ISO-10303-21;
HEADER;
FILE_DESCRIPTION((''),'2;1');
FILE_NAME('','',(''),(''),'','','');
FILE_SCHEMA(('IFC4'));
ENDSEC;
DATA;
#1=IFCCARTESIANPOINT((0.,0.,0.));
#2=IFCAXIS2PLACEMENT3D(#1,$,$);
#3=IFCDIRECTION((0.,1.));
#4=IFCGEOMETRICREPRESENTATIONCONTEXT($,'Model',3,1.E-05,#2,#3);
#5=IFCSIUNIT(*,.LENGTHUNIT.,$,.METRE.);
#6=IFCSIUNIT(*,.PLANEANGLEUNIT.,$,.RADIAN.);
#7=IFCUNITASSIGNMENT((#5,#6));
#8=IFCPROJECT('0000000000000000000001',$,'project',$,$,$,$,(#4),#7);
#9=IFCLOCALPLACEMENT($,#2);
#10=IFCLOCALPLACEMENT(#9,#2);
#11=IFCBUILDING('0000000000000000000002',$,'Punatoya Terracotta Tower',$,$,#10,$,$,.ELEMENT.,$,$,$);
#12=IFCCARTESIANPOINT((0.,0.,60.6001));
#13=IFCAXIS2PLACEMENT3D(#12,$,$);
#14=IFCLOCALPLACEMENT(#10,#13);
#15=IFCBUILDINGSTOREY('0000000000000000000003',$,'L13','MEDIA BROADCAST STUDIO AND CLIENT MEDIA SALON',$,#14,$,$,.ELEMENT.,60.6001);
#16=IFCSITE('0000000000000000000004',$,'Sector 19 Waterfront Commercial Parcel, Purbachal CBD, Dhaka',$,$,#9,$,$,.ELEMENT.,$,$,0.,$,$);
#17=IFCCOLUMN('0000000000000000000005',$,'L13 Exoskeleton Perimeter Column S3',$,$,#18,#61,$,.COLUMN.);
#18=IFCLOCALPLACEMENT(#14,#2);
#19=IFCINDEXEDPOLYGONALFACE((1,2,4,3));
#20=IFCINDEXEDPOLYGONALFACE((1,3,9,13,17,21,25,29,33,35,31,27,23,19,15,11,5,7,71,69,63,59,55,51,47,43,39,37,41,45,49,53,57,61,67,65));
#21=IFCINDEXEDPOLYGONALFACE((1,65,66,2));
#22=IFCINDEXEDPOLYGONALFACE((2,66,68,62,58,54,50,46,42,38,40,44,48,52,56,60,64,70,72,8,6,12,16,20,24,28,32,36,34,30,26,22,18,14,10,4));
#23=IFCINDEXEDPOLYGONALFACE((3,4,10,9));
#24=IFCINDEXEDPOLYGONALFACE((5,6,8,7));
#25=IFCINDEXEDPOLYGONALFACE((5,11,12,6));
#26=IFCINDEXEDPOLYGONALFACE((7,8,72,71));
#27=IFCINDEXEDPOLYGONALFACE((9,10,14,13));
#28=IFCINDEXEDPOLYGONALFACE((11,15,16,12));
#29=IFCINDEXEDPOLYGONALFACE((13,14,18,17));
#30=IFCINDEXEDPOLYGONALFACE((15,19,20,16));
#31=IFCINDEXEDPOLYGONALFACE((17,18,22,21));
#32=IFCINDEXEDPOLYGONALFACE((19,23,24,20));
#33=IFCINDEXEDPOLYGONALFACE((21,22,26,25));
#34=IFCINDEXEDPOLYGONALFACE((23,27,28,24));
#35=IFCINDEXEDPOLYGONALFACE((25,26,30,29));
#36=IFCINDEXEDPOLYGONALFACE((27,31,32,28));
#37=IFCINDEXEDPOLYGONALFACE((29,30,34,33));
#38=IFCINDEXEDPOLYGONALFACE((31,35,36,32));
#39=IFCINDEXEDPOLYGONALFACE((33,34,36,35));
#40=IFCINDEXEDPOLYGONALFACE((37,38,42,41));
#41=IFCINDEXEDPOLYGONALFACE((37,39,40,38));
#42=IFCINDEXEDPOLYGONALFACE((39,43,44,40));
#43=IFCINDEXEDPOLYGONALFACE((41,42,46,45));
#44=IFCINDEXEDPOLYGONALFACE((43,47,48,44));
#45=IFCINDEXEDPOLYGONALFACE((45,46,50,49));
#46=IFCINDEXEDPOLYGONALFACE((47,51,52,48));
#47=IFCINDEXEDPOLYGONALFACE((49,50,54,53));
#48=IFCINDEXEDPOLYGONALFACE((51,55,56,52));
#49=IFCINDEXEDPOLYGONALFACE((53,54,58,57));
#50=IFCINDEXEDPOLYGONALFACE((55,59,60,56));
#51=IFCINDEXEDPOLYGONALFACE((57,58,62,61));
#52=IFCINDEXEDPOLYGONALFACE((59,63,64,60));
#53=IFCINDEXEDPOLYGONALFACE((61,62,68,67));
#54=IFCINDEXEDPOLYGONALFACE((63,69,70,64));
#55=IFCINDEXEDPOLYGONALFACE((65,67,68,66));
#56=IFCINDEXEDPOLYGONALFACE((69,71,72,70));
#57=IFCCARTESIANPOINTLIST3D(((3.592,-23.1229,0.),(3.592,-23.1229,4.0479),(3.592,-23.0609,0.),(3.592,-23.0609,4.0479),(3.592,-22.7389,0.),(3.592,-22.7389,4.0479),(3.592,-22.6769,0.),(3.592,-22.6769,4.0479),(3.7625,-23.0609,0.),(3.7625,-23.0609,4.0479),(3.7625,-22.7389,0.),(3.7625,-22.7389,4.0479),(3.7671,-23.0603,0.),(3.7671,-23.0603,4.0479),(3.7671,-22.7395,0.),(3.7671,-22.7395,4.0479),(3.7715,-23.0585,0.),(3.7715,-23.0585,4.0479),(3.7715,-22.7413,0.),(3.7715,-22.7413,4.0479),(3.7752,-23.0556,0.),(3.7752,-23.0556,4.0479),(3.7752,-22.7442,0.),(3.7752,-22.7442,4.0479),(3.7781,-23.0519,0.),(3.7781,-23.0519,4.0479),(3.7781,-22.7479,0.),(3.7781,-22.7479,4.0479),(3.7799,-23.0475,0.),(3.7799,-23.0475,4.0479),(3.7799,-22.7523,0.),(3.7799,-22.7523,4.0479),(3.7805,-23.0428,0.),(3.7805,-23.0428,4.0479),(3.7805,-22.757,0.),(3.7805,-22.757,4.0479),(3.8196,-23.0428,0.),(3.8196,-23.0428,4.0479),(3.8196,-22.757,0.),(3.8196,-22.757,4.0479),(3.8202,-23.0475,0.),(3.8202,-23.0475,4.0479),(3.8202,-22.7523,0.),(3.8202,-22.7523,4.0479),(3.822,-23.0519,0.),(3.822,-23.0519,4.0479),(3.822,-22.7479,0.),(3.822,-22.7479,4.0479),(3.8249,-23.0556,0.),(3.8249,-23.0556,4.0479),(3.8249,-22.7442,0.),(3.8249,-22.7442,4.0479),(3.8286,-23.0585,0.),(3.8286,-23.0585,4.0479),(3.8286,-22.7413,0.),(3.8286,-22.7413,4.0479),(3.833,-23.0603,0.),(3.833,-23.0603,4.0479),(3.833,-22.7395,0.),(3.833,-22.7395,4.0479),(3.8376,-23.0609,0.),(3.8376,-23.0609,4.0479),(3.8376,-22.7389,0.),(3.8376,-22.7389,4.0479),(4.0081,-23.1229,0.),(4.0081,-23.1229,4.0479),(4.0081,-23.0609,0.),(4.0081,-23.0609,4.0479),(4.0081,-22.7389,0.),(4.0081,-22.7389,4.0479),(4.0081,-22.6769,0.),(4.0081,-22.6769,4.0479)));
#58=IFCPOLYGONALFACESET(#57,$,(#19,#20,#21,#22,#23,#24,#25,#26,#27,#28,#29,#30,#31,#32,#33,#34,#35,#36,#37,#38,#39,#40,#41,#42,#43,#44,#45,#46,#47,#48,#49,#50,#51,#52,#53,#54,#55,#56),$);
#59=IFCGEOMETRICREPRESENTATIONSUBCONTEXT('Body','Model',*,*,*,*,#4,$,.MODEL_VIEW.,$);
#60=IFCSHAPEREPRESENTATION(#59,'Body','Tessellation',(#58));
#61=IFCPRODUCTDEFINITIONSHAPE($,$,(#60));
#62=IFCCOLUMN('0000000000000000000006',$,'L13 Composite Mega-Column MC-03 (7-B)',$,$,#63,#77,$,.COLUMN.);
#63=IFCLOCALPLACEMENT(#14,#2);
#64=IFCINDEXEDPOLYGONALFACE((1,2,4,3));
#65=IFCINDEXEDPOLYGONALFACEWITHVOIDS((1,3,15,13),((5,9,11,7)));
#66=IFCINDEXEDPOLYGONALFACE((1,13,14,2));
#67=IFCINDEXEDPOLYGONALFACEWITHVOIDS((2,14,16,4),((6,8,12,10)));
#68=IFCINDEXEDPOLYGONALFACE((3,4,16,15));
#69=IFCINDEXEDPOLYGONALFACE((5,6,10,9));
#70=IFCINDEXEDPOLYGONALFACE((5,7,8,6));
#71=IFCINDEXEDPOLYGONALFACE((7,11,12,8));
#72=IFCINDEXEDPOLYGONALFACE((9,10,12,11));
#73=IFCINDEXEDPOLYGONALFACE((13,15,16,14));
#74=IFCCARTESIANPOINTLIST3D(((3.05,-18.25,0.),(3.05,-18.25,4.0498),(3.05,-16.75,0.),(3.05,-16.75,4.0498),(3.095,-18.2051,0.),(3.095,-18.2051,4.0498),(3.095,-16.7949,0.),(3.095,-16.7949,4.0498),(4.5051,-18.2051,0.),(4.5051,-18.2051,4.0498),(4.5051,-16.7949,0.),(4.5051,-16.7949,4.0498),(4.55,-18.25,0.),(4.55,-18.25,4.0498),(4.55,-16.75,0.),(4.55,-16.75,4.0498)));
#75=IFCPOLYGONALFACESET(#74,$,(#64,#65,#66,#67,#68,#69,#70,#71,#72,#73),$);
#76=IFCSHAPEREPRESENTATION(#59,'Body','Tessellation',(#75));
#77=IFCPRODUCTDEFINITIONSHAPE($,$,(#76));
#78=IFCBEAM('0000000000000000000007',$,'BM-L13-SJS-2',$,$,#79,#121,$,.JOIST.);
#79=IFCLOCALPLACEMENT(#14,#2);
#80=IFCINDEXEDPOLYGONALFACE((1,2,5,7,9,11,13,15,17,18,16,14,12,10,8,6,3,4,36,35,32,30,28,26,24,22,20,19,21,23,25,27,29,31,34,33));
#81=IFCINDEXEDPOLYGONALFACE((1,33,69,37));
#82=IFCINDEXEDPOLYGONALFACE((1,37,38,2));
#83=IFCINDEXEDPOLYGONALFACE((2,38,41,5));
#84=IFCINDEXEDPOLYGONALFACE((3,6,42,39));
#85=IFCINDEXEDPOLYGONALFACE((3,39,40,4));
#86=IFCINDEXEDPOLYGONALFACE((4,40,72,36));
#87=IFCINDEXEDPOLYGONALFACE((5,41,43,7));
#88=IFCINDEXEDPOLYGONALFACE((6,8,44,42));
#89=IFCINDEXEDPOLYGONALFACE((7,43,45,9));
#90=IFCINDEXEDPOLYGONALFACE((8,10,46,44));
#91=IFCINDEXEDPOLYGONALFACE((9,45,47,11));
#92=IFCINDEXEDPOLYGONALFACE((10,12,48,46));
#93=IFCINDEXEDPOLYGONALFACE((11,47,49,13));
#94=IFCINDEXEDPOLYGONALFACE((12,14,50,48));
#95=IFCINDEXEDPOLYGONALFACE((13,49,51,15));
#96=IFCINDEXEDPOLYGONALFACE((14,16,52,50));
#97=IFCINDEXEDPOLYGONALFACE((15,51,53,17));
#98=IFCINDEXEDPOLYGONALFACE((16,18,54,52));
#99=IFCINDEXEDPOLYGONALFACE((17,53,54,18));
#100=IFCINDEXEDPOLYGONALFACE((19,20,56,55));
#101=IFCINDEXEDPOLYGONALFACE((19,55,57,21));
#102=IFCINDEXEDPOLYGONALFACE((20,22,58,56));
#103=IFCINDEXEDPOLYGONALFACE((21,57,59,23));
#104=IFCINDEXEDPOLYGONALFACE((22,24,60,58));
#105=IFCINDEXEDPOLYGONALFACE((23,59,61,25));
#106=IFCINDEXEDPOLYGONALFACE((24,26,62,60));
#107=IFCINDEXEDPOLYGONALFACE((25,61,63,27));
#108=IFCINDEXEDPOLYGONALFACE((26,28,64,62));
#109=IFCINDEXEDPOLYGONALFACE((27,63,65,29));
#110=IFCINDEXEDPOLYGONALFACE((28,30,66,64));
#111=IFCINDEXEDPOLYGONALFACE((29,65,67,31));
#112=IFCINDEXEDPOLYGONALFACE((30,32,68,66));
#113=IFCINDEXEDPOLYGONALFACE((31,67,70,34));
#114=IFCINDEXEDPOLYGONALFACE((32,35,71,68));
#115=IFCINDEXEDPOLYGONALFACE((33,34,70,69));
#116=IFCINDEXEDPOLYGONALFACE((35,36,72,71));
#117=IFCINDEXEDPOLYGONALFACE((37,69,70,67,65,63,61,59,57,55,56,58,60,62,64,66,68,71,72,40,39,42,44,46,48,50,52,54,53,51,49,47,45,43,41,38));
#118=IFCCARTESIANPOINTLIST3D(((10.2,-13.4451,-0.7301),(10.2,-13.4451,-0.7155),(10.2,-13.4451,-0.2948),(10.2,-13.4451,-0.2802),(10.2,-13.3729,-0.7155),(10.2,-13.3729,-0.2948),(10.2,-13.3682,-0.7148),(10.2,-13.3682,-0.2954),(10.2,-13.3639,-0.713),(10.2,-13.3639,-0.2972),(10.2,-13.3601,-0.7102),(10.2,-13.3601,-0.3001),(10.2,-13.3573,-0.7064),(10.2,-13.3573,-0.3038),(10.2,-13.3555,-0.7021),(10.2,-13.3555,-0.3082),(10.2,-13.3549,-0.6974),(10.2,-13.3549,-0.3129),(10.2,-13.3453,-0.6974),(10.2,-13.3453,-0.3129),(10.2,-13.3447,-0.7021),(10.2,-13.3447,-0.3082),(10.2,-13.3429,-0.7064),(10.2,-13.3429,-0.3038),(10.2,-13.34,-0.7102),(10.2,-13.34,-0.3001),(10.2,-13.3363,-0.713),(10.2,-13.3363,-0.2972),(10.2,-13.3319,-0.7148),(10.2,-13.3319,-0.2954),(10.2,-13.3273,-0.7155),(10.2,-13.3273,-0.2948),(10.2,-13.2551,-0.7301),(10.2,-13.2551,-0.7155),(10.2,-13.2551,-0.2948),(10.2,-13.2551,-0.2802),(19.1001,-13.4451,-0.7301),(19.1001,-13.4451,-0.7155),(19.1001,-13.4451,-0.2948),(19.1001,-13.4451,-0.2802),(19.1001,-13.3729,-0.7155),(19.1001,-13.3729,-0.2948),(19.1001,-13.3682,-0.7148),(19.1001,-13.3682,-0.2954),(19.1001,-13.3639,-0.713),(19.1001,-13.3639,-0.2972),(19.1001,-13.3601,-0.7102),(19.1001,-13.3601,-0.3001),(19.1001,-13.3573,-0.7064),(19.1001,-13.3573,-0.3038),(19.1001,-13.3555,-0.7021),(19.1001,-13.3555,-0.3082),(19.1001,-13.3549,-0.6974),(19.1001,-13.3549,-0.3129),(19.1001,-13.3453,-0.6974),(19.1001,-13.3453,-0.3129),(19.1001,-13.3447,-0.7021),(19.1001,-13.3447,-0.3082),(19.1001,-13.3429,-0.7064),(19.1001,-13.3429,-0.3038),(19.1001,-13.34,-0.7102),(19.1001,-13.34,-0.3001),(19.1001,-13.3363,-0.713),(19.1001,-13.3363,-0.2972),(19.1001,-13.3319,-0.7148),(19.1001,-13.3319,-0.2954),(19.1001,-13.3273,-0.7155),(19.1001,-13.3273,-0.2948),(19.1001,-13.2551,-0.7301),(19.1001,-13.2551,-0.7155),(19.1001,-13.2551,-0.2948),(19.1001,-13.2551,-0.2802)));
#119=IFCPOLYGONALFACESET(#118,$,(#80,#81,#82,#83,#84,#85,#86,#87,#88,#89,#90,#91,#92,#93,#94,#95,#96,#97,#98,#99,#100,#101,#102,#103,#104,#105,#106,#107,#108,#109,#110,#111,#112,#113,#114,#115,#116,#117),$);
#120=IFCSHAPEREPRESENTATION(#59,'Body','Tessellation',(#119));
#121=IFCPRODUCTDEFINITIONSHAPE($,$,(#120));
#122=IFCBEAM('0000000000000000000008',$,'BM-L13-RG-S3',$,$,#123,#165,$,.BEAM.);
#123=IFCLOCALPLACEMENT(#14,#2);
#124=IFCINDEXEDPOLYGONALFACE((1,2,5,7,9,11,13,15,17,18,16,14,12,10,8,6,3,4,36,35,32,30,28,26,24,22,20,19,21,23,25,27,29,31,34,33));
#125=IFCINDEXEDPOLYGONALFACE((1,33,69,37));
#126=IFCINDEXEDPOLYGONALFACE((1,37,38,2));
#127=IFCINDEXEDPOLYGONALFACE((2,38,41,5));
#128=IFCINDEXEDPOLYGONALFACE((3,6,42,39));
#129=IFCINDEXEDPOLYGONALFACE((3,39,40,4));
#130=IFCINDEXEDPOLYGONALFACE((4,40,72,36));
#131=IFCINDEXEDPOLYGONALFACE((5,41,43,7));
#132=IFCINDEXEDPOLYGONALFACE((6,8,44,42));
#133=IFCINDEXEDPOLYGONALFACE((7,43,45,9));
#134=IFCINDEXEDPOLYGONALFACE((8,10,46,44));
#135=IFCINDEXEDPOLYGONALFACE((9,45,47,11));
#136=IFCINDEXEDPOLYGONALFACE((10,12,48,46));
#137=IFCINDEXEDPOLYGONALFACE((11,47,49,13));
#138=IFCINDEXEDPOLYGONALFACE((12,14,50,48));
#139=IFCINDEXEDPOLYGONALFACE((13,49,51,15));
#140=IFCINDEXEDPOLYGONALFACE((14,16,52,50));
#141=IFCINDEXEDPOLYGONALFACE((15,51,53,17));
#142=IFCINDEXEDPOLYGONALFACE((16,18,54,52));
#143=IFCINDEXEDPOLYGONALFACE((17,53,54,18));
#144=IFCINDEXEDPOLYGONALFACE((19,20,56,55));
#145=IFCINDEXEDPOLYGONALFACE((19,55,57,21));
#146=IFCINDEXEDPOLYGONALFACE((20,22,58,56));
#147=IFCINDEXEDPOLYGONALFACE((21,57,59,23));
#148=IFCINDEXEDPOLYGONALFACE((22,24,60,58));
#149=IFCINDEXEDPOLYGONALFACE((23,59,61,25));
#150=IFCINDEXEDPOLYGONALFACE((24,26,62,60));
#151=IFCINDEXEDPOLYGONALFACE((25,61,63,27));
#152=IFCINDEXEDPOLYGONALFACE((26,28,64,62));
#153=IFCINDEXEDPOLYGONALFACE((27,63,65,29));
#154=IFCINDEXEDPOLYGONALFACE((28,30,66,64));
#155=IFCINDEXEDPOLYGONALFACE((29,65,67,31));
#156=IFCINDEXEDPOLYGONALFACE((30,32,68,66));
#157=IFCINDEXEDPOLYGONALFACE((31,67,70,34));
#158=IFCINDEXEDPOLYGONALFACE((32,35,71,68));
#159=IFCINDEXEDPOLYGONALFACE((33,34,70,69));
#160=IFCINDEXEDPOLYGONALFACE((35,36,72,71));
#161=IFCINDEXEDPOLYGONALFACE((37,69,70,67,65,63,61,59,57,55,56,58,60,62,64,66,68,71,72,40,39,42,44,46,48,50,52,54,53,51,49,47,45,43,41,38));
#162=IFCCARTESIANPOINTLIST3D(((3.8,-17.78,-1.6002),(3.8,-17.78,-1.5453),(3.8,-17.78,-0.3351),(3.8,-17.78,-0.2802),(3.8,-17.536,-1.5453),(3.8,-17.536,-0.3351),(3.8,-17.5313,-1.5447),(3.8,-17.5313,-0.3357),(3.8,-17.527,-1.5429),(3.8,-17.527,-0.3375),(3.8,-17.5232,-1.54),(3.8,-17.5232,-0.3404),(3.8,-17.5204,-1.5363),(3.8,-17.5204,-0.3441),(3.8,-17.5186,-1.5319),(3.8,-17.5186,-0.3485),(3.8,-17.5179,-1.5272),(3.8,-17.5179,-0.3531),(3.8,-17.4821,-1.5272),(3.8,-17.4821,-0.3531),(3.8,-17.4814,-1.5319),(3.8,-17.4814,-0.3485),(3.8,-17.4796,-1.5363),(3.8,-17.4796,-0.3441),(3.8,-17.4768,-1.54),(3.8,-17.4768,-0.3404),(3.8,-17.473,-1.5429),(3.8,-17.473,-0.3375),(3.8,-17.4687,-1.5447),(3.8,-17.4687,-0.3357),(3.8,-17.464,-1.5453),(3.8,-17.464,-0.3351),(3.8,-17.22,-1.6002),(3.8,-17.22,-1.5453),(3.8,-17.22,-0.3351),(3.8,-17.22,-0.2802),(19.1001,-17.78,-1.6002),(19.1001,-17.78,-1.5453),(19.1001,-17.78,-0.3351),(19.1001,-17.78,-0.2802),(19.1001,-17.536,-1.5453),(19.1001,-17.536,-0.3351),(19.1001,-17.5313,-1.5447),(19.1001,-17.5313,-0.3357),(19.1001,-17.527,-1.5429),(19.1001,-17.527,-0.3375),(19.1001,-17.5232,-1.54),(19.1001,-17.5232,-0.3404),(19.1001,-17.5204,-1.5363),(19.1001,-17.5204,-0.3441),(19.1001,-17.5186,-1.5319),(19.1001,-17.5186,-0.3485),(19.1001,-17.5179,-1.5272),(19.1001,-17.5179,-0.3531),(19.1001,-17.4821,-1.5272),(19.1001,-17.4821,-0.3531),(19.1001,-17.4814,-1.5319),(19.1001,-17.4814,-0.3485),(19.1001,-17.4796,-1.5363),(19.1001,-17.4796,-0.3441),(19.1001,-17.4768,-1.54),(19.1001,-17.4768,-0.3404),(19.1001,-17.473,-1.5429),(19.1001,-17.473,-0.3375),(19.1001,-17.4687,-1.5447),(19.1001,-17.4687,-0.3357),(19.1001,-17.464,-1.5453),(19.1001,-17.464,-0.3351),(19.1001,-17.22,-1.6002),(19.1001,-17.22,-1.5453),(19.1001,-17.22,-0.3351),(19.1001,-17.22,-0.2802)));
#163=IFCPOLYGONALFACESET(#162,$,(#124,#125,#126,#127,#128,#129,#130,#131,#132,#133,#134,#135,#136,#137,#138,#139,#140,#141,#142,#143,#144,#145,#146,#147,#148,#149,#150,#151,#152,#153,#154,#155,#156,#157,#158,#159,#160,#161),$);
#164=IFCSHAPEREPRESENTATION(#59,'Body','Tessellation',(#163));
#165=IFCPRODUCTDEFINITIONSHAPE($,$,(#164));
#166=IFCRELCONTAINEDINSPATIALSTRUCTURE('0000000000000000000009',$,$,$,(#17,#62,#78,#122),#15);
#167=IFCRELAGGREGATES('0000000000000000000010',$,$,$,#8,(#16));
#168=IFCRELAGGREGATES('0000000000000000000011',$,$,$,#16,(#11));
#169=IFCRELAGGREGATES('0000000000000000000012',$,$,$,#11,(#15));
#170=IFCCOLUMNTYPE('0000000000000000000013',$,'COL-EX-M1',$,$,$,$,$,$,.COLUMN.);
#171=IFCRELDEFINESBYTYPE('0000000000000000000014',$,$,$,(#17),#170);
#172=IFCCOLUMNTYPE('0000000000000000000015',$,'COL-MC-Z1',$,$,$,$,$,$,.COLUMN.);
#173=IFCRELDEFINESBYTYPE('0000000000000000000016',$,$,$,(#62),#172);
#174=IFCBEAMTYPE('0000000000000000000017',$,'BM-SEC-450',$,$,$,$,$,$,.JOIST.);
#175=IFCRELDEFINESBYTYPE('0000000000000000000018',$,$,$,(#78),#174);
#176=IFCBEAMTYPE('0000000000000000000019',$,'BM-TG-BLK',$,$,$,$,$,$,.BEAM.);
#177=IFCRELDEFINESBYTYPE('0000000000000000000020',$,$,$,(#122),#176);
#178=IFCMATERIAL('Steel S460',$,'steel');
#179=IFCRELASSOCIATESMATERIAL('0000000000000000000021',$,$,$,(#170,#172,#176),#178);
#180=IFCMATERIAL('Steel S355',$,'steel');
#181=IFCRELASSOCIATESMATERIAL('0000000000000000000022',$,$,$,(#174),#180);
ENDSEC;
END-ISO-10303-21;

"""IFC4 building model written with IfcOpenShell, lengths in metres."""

from ifc_helpers import new_model, si_unit, direction, frame, origin, origin_2d, place, context, subcontext, project, spatial, hollow_rectangle, i_section, extrude, material, material_profile, profile_set, type_object, element, save


model = new_model("IFC4")

# Units and contexts
model_context = context("Model", 3, precision=1e-05, world=origin(), true_north=direction((0.0, 1.0)))
body_context = subcontext(model_context, "Body", "Model", "MODEL_VIEW")
ifc_project = project(units=[si_unit("LENGTHUNIT", "METRE"), si_unit("PLANEANGLEUNIT", "RADIAN")], contexts=[model_context])

# Site, building, storey
site_placement = place(None, origin())
site = spatial("IfcSite", under=ifc_project, at=site_placement, Name="Sector 19 Waterfront Commercial Parcel, Purbachal CBD, Dhaka", CompositionType="ELEMENT", RefElevation=0.0)
building_placement = place(site_placement, origin())
building = spatial("IfcBuilding", under=site, at=building_placement, Name="Punatoya Terracotta Tower", CompositionType="ELEMENT")
storey_placement = place(building_placement, frame((0.0, 0.0, 60.6001)))
storey = spatial("IfcBuildingStorey", under=building, at=storey_placement, Name="L13", Description="MEDIA BROADCAST STUDIO AND CLIENT MEDIA SALON", CompositionType="ELEMENT", Elevation=60.6001)

# Columns
ifc_material_1 = material(Name="Steel S460", Category="steel")
ifc_material_profile_1 = material_profile(ifc_material_1, i_section(OverallWidth=0.416, OverallDepth=0.446, WebThickness=0.0391, FlangeThickness=0.062, FilletRadius=0.0181, at=origin_2d()))
ifc_profile_set_1 = profile_set([ifc_material_profile_1], Name="Steel S460")
column_type_1 = type_object("IfcColumnType", Name="COL-EX-M1", PredefinedType="COLUMN", material=ifc_profile_set_1)
column_1_placement = place(storey_placement, frame((3.8, -22.8999, 0.0), z_axis=(0.0, 0.0, 1.0), x_axis=(1.0, 0.0, 0.0)))
element("IfcColumn", 1, at=column_1_placement, inside=storey, type_object=column_type_1, Name="L13 Exoskeleton Perimeter Column S3", PredefinedType="COLUMN", context=body_context, shape_type="SweptSolid", body=[
    extrude(i_section(OverallWidth=0.416, OverallDepth=0.446, WebThickness=0.0391, FlangeThickness=0.062, FilletRadius=0.0181, at=origin_2d()), origin(), (0.0, 0.0, 1.0), 4.0479),
])
ifc_material_profile_2 = material_profile(ifc_material_1, hollow_rectangle(XDim=1.5, YDim=1.5, WallThickness=0.0449, at=origin_2d()))
ifc_profile_set_2 = profile_set([ifc_material_profile_2], Name="Steel S460")
column_type_2 = type_object("IfcColumnType", Name="COL-MC-Z1", PredefinedType="COLUMN", material=ifc_profile_set_2)
column_2_placement = place(storey_placement, frame((3.8, -17.5, 0.0), z_axis=(0.0, 0.0, 1.0), x_axis=(1.0, 0.0, 0.0)))
element("IfcColumn", 2, at=column_2_placement, inside=storey, type_object=column_type_2, Name="L13 Composite Mega-Column MC-03 (7-B)", PredefinedType="COLUMN", context=body_context, shape_type="SweptSolid", body=[
    extrude(hollow_rectangle(XDim=1.5, YDim=1.5, WallThickness=0.0449, at=origin_2d()), origin(), (0.0, 0.0, 1.0), 4.0498),
])

# Beams
ifc_material_2 = material(Name="Steel S355", Category="steel")
ifc_material_profile_3 = material_profile(ifc_material_2, i_section(OverallWidth=0.1899, OverallDepth=0.45, WebThickness=0.0095, FlangeThickness=0.0146, FilletRadius=0.0181, at=origin_2d()))
ifc_profile_set_3 = profile_set([ifc_material_profile_3], Name="Steel S355")
beam_type_1 = type_object("IfcBeamType", Name="BM-SEC-450", PredefinedType="JOIST", material=ifc_profile_set_3)
beam_1_placement = place(storey_placement, frame((10.2, -13.3501, -0.5051), z_axis=(1.0, 0.0, 0.0), x_axis=(0.0, 1.0, 0.0)))
element("IfcBeam", 3, at=beam_1_placement, inside=storey, type_object=beam_type_1, Name="BM-L13-SJS-2", PredefinedType="JOIST", context=body_context, shape_type="SweptSolid", body=[
    extrude(i_section(OverallWidth=0.1899, OverallDepth=0.45, WebThickness=0.0095, FlangeThickness=0.0146, FilletRadius=0.0181, at=origin_2d()), origin(), (0.0, 0.0, 1.0), 8.9001),
])
ifc_material_profile_4 = material_profile(ifc_material_1, i_section(OverallWidth=0.5601, OverallDepth=1.3201, WebThickness=0.0359, FlangeThickness=0.0549, FilletRadius=0.0181, at=origin_2d()))
ifc_profile_set_4 = profile_set([ifc_material_profile_4], Name="Steel S460")
beam_type_2 = type_object("IfcBeamType", Name="BM-TG-BLK", PredefinedType="BEAM", material=ifc_profile_set_4)
beam_2_placement = place(storey_placement, frame((3.8, -17.5, -0.9402), z_axis=(1.0, 0.0, 0.0), x_axis=(0.0, 1.0, 0.0)))
element("IfcBeam", 4, at=beam_2_placement, inside=storey, type_object=beam_type_2, Name="BM-L13-RG-S3", PredefinedType="BEAM", context=body_context, shape_type="SweptSolid", body=[
    extrude(i_section(OverallWidth=0.5601, OverallDepth=1.3201, WebThickness=0.0359, FlangeThickness=0.0549, FilletRadius=0.0181, at=origin_2d()), origin(), (0.0, 0.0, 1.0), 15.3),
])

save(model, "model.ifc")
